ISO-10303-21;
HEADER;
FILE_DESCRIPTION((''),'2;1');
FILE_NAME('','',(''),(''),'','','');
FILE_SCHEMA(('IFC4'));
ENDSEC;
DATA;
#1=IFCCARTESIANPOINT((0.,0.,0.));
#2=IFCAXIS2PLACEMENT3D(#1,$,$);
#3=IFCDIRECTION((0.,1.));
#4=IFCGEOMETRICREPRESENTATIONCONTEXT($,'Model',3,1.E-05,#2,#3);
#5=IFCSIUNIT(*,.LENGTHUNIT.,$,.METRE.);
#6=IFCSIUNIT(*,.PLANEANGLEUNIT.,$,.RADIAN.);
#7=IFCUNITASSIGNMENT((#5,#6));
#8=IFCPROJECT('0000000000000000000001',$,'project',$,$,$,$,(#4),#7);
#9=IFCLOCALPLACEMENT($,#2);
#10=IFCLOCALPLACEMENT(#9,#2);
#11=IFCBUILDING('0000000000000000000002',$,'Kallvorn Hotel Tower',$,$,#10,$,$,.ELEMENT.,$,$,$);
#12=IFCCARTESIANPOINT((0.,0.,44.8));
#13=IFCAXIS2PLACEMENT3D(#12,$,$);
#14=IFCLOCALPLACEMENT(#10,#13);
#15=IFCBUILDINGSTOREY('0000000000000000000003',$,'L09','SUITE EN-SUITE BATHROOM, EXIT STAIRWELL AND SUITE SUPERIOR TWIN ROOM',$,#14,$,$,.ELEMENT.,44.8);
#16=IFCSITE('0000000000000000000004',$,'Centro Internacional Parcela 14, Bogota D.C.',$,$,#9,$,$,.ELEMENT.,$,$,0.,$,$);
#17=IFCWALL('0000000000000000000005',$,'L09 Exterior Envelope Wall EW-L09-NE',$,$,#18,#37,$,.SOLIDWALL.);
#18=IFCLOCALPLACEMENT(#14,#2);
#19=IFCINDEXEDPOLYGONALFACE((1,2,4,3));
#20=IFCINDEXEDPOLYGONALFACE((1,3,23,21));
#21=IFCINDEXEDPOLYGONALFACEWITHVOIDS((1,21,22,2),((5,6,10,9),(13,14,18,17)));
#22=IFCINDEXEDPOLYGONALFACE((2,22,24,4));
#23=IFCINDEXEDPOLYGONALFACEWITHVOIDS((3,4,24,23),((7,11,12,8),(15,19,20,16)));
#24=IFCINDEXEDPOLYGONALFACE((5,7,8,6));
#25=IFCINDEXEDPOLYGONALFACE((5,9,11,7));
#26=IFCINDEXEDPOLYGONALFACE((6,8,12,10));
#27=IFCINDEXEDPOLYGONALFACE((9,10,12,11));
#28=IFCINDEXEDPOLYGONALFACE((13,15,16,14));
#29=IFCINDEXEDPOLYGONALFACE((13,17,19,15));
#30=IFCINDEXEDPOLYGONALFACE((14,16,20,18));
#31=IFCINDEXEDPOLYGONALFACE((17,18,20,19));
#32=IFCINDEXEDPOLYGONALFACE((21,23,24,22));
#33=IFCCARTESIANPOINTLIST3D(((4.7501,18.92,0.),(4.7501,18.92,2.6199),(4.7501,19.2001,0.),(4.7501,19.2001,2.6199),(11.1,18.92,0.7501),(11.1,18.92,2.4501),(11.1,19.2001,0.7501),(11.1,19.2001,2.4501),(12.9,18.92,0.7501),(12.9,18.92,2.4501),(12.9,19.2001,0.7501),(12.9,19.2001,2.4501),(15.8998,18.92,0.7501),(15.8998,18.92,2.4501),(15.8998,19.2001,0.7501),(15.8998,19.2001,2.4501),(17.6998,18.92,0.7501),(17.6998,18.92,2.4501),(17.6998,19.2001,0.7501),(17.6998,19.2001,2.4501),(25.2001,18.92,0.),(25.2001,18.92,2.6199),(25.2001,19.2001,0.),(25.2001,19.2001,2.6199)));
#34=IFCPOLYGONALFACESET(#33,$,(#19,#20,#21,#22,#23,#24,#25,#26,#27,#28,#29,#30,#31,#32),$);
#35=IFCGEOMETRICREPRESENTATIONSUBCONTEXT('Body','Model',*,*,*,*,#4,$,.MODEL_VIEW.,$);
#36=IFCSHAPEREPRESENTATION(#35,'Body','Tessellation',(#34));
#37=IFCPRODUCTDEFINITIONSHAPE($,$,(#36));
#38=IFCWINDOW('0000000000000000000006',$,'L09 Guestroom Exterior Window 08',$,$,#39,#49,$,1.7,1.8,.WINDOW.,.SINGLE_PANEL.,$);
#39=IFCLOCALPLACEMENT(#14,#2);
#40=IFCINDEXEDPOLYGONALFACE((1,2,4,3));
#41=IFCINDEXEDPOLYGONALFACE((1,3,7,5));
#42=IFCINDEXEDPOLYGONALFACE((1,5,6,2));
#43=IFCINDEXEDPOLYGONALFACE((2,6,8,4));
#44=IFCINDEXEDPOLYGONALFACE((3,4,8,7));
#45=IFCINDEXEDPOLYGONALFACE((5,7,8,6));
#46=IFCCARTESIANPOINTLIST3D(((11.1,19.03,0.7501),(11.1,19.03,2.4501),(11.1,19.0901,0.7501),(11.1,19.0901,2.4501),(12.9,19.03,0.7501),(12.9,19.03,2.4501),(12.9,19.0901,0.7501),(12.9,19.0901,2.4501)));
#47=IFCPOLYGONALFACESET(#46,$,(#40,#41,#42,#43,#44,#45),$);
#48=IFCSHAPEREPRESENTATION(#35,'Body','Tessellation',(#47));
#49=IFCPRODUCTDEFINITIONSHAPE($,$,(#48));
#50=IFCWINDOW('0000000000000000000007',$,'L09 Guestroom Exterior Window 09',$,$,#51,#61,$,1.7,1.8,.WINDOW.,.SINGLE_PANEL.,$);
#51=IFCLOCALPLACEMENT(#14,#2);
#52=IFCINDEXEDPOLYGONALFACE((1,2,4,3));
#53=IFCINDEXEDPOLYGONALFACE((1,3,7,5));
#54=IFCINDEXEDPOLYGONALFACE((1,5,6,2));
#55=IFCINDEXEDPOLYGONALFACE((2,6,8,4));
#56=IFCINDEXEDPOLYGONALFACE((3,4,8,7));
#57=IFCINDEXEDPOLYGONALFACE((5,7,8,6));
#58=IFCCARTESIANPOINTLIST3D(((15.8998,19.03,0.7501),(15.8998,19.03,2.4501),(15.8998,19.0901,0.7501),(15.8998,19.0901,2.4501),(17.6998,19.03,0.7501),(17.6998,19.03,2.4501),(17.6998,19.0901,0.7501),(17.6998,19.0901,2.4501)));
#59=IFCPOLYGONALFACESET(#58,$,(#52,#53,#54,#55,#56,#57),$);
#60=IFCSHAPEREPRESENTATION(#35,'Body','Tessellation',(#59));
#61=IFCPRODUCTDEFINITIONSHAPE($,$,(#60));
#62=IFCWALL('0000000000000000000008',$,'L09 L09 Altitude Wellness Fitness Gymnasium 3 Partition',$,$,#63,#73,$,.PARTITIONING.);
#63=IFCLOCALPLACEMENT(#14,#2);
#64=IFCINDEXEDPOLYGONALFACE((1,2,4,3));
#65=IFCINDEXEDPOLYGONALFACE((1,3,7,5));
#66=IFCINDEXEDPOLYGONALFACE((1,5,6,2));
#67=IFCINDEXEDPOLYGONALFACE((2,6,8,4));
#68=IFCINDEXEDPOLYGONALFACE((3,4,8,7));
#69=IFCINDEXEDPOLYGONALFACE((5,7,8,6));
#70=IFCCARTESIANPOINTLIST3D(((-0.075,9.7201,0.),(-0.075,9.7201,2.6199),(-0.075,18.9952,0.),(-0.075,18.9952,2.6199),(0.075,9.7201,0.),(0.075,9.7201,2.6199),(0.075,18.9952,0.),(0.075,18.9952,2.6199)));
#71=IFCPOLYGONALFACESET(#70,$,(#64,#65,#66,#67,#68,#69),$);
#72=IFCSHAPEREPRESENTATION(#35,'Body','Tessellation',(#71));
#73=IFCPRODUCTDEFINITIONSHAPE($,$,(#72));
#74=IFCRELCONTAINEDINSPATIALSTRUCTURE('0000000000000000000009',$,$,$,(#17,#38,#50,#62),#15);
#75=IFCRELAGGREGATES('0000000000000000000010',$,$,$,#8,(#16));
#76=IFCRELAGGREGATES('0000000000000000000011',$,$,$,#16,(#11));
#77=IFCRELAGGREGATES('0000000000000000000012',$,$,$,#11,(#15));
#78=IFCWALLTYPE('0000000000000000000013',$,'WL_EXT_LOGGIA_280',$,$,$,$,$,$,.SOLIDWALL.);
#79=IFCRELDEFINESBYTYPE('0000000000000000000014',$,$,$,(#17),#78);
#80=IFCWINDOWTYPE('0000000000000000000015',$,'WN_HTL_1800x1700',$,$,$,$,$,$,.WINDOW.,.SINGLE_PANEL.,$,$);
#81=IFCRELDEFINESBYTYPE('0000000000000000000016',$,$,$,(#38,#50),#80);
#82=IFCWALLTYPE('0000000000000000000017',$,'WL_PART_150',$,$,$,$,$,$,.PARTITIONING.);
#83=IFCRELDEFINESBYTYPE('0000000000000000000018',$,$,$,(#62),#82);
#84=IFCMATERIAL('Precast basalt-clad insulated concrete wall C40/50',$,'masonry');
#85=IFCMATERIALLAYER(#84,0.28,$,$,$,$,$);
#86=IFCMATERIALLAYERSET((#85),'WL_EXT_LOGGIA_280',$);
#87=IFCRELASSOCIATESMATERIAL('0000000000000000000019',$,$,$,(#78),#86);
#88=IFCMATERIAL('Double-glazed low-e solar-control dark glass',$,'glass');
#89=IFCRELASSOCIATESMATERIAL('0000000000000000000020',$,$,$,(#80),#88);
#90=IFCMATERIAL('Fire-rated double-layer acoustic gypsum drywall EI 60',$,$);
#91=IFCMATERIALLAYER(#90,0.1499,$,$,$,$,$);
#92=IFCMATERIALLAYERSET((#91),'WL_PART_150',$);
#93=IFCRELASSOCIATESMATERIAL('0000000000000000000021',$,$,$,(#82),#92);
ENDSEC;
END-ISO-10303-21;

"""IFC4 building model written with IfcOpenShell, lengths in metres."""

from ifc_helpers import new_model, si_unit, direction, frame, frame_2d, origin, place, context, subcontext, project, spatial, rectangle, extrude, material, layer, layer_set, type_object, element, fill, save


model = new_model("IFC4")

# Units and contexts
model_context = context("Model", 3, precision=1e-05, world=origin(), true_north=direction((0.0, 1.0)))
body_context = subcontext(model_context, "Body", "Model", "MODEL_VIEW")
ifc_project = project(units=[si_unit("LENGTHUNIT", "METRE"), si_unit("PLANEANGLEUNIT", "RADIAN")], contexts=[model_context])

# Site, building, storey
site_placement = place(None, origin())
site = spatial("IfcSite", under=ifc_project, at=site_placement, Name="Centro Internacional Parcela 14, Bogota D.C.", CompositionType="ELEMENT", RefElevation=0.0)
building_placement = place(site_placement, origin())
building = spatial("IfcBuilding", under=site, at=building_placement, Name="Kallvorn Hotel Tower", CompositionType="ELEMENT")
storey_placement = place(building_placement, frame((0.0, 0.0, 44.8)))
storey = spatial("IfcBuildingStorey", under=building, at=storey_placement, Name="L09", Description="SUITE EN-SUITE BATHROOM, EXIT STAIRWELL AND SUITE SUPERIOR TWIN ROOM", CompositionType="ELEMENT", Elevation=44.8)

# Wall, openings, windows
ifc_material_1 = material(Name="Precast basalt-clad insulated concrete wall C40/50", Category="masonry")
ifc_layer_1 = layer(ifc_material_1, 0.28)
ifc_layer_set_1 = layer_set([ifc_layer_1], Name="WL_EXT_LOGGIA_280")
wall_type_1 = type_object("IfcWallType", Name="WL_EXT_LOGGIA_280", PredefinedType="SOLIDWALL", material=ifc_layer_set_1)
wall_1_placement = place(storey_placement, frame((4.75, 19.0601, 0.0), z_axis=(0.0, 0.0, 1.0), x_axis=(1.0, 0.0, 0.0)))
wall_1 = element("IfcWall", 1, at=wall_1_placement, inside=storey, type_object=wall_type_1, Name="L09 Exterior Envelope Wall EW-L09-NE", PredefinedType="SOLIDWALL", context=body_context, shape_type="SweptSolid", body=[
    extrude(rectangle(XDim=20.45, YDim=0.28, at=frame_2d((10.2251, 0.0))), origin(), (0.0, 0.0, 1.0), 2.6199),
])
opening_1_placement = place(wall_1_placement, frame((6.3501, 0.0, 0.75)))
opening_1 = element("IfcOpeningElement", 2, at=opening_1_placement, cuts=wall_1, PredefinedType="OPENING", context=body_context, shape_type="SweptSolid", body=[
    extrude(rectangle(XDim=1.8, YDim=1.7, at=frame_2d((0.8999, 0.8501))), frame((0.0, 0.155, 0.0), z_axis=(0.0, -1.0, 0.0), x_axis=(1.0, 0.0, 0.0)), (0.0, 0.0, 1.0), 0.3101),
])
opening_2_placement = place(wall_1_placement, frame((11.1499, 0.0, 0.75)))
opening_2 = element("IfcOpeningElement", 3, at=opening_2_placement, cuts=wall_1, PredefinedType="OPENING", context=body_context, shape_type="SweptSolid", body=[
    extrude(rectangle(XDim=1.8, YDim=1.7, at=frame_2d((0.8999, 0.8501))), frame((0.0, 0.155, 0.0), z_axis=(0.0, -1.0, 0.0), x_axis=(1.0, 0.0, 0.0)), (0.0, 0.0, 1.0), 0.3101),
])
ifc_material_2 = material(Name="Double-glazed low-e solar-control dark glass", Category="glass")
window_type = type_object("IfcWindowType", Name="WN_HTL_1800x1700", PartitioningType="SINGLE_PANEL", PredefinedType="WINDOW", material=ifc_material_2)
window_1_placement = place(opening_1_placement, origin())
window_1 = element("IfcWindow", 4, at=window_1_placement, inside=storey, type_object=window_type, Name="L09 Guestroom Exterior Window 08", OverallHeight=1.7, OverallWidth=1.8, PartitioningType="SINGLE_PANEL", PredefinedType="WINDOW", context=body_context, shape_type="SweptSolid", body=[
    extrude(rectangle(XDim=1.8, YDim=1.7, at=frame_2d((0.8999, 0.8501))), frame((0.0, 0.03, 0.0), z_axis=(0.0, -1.0, 0.0), x_axis=(1.0, 0.0, 0.0)), (0.0, 0.0, 1.0), 0.0601),
])
fill(opening_1, window_1)
window_2_placement = place(opening_2_placement, origin())
window_2 = element("IfcWindow", 5, at=window_2_placement, inside=storey, type_object=window_type, Name="L09 Guestroom Exterior Window 09", OverallHeight=1.7, OverallWidth=1.8, PartitioningType="SINGLE_PANEL", PredefinedType="WINDOW", context=body_context, shape_type="SweptSolid", body=[
    extrude(rectangle(XDim=1.8, YDim=1.7, at=frame_2d((0.8999, 0.8501))), frame((0.0, 0.03, 0.0), z_axis=(0.0, -1.0, 0.0), x_axis=(1.0, 0.0, 0.0)), (0.0, 0.0, 1.0), 0.0601),
])
fill(opening_2, window_2)

# Wall
ifc_material_3 = material(Name="Fire-rated double-layer acoustic gypsum drywall EI 60")
ifc_layer_2 = layer(ifc_material_3, 0.1499)
ifc_layer_set_2 = layer_set([ifc_layer_2], Name="WL_PART_150")
wall_type_2 = type_object("IfcWallType", Name="WL_PART_150", PredefinedType="PARTITIONING", material=ifc_layer_set_2)
wall_2_placement = place(storey_placement, frame((0.0, 9.72, 0.0), z_axis=(0.0, 0.0, 1.0), x_axis=(0.0, 1.0, 0.0)))
element("IfcWall", 6, at=wall_2_placement, inside=storey, type_object=wall_type_2, Name="L09 L09 Altitude Wellness Fitness Gymnasium 3 Partition", PredefinedType="PARTITIONING", context=body_context, shape_type="SweptSolid", body=[
    extrude(rectangle(XDim=9.2751, YDim=0.1499, at=frame_2d((4.6377, 0.0))), origin(), (0.0, 0.0, 1.0), 2.6199),
])

save(model, "model.ifc")
